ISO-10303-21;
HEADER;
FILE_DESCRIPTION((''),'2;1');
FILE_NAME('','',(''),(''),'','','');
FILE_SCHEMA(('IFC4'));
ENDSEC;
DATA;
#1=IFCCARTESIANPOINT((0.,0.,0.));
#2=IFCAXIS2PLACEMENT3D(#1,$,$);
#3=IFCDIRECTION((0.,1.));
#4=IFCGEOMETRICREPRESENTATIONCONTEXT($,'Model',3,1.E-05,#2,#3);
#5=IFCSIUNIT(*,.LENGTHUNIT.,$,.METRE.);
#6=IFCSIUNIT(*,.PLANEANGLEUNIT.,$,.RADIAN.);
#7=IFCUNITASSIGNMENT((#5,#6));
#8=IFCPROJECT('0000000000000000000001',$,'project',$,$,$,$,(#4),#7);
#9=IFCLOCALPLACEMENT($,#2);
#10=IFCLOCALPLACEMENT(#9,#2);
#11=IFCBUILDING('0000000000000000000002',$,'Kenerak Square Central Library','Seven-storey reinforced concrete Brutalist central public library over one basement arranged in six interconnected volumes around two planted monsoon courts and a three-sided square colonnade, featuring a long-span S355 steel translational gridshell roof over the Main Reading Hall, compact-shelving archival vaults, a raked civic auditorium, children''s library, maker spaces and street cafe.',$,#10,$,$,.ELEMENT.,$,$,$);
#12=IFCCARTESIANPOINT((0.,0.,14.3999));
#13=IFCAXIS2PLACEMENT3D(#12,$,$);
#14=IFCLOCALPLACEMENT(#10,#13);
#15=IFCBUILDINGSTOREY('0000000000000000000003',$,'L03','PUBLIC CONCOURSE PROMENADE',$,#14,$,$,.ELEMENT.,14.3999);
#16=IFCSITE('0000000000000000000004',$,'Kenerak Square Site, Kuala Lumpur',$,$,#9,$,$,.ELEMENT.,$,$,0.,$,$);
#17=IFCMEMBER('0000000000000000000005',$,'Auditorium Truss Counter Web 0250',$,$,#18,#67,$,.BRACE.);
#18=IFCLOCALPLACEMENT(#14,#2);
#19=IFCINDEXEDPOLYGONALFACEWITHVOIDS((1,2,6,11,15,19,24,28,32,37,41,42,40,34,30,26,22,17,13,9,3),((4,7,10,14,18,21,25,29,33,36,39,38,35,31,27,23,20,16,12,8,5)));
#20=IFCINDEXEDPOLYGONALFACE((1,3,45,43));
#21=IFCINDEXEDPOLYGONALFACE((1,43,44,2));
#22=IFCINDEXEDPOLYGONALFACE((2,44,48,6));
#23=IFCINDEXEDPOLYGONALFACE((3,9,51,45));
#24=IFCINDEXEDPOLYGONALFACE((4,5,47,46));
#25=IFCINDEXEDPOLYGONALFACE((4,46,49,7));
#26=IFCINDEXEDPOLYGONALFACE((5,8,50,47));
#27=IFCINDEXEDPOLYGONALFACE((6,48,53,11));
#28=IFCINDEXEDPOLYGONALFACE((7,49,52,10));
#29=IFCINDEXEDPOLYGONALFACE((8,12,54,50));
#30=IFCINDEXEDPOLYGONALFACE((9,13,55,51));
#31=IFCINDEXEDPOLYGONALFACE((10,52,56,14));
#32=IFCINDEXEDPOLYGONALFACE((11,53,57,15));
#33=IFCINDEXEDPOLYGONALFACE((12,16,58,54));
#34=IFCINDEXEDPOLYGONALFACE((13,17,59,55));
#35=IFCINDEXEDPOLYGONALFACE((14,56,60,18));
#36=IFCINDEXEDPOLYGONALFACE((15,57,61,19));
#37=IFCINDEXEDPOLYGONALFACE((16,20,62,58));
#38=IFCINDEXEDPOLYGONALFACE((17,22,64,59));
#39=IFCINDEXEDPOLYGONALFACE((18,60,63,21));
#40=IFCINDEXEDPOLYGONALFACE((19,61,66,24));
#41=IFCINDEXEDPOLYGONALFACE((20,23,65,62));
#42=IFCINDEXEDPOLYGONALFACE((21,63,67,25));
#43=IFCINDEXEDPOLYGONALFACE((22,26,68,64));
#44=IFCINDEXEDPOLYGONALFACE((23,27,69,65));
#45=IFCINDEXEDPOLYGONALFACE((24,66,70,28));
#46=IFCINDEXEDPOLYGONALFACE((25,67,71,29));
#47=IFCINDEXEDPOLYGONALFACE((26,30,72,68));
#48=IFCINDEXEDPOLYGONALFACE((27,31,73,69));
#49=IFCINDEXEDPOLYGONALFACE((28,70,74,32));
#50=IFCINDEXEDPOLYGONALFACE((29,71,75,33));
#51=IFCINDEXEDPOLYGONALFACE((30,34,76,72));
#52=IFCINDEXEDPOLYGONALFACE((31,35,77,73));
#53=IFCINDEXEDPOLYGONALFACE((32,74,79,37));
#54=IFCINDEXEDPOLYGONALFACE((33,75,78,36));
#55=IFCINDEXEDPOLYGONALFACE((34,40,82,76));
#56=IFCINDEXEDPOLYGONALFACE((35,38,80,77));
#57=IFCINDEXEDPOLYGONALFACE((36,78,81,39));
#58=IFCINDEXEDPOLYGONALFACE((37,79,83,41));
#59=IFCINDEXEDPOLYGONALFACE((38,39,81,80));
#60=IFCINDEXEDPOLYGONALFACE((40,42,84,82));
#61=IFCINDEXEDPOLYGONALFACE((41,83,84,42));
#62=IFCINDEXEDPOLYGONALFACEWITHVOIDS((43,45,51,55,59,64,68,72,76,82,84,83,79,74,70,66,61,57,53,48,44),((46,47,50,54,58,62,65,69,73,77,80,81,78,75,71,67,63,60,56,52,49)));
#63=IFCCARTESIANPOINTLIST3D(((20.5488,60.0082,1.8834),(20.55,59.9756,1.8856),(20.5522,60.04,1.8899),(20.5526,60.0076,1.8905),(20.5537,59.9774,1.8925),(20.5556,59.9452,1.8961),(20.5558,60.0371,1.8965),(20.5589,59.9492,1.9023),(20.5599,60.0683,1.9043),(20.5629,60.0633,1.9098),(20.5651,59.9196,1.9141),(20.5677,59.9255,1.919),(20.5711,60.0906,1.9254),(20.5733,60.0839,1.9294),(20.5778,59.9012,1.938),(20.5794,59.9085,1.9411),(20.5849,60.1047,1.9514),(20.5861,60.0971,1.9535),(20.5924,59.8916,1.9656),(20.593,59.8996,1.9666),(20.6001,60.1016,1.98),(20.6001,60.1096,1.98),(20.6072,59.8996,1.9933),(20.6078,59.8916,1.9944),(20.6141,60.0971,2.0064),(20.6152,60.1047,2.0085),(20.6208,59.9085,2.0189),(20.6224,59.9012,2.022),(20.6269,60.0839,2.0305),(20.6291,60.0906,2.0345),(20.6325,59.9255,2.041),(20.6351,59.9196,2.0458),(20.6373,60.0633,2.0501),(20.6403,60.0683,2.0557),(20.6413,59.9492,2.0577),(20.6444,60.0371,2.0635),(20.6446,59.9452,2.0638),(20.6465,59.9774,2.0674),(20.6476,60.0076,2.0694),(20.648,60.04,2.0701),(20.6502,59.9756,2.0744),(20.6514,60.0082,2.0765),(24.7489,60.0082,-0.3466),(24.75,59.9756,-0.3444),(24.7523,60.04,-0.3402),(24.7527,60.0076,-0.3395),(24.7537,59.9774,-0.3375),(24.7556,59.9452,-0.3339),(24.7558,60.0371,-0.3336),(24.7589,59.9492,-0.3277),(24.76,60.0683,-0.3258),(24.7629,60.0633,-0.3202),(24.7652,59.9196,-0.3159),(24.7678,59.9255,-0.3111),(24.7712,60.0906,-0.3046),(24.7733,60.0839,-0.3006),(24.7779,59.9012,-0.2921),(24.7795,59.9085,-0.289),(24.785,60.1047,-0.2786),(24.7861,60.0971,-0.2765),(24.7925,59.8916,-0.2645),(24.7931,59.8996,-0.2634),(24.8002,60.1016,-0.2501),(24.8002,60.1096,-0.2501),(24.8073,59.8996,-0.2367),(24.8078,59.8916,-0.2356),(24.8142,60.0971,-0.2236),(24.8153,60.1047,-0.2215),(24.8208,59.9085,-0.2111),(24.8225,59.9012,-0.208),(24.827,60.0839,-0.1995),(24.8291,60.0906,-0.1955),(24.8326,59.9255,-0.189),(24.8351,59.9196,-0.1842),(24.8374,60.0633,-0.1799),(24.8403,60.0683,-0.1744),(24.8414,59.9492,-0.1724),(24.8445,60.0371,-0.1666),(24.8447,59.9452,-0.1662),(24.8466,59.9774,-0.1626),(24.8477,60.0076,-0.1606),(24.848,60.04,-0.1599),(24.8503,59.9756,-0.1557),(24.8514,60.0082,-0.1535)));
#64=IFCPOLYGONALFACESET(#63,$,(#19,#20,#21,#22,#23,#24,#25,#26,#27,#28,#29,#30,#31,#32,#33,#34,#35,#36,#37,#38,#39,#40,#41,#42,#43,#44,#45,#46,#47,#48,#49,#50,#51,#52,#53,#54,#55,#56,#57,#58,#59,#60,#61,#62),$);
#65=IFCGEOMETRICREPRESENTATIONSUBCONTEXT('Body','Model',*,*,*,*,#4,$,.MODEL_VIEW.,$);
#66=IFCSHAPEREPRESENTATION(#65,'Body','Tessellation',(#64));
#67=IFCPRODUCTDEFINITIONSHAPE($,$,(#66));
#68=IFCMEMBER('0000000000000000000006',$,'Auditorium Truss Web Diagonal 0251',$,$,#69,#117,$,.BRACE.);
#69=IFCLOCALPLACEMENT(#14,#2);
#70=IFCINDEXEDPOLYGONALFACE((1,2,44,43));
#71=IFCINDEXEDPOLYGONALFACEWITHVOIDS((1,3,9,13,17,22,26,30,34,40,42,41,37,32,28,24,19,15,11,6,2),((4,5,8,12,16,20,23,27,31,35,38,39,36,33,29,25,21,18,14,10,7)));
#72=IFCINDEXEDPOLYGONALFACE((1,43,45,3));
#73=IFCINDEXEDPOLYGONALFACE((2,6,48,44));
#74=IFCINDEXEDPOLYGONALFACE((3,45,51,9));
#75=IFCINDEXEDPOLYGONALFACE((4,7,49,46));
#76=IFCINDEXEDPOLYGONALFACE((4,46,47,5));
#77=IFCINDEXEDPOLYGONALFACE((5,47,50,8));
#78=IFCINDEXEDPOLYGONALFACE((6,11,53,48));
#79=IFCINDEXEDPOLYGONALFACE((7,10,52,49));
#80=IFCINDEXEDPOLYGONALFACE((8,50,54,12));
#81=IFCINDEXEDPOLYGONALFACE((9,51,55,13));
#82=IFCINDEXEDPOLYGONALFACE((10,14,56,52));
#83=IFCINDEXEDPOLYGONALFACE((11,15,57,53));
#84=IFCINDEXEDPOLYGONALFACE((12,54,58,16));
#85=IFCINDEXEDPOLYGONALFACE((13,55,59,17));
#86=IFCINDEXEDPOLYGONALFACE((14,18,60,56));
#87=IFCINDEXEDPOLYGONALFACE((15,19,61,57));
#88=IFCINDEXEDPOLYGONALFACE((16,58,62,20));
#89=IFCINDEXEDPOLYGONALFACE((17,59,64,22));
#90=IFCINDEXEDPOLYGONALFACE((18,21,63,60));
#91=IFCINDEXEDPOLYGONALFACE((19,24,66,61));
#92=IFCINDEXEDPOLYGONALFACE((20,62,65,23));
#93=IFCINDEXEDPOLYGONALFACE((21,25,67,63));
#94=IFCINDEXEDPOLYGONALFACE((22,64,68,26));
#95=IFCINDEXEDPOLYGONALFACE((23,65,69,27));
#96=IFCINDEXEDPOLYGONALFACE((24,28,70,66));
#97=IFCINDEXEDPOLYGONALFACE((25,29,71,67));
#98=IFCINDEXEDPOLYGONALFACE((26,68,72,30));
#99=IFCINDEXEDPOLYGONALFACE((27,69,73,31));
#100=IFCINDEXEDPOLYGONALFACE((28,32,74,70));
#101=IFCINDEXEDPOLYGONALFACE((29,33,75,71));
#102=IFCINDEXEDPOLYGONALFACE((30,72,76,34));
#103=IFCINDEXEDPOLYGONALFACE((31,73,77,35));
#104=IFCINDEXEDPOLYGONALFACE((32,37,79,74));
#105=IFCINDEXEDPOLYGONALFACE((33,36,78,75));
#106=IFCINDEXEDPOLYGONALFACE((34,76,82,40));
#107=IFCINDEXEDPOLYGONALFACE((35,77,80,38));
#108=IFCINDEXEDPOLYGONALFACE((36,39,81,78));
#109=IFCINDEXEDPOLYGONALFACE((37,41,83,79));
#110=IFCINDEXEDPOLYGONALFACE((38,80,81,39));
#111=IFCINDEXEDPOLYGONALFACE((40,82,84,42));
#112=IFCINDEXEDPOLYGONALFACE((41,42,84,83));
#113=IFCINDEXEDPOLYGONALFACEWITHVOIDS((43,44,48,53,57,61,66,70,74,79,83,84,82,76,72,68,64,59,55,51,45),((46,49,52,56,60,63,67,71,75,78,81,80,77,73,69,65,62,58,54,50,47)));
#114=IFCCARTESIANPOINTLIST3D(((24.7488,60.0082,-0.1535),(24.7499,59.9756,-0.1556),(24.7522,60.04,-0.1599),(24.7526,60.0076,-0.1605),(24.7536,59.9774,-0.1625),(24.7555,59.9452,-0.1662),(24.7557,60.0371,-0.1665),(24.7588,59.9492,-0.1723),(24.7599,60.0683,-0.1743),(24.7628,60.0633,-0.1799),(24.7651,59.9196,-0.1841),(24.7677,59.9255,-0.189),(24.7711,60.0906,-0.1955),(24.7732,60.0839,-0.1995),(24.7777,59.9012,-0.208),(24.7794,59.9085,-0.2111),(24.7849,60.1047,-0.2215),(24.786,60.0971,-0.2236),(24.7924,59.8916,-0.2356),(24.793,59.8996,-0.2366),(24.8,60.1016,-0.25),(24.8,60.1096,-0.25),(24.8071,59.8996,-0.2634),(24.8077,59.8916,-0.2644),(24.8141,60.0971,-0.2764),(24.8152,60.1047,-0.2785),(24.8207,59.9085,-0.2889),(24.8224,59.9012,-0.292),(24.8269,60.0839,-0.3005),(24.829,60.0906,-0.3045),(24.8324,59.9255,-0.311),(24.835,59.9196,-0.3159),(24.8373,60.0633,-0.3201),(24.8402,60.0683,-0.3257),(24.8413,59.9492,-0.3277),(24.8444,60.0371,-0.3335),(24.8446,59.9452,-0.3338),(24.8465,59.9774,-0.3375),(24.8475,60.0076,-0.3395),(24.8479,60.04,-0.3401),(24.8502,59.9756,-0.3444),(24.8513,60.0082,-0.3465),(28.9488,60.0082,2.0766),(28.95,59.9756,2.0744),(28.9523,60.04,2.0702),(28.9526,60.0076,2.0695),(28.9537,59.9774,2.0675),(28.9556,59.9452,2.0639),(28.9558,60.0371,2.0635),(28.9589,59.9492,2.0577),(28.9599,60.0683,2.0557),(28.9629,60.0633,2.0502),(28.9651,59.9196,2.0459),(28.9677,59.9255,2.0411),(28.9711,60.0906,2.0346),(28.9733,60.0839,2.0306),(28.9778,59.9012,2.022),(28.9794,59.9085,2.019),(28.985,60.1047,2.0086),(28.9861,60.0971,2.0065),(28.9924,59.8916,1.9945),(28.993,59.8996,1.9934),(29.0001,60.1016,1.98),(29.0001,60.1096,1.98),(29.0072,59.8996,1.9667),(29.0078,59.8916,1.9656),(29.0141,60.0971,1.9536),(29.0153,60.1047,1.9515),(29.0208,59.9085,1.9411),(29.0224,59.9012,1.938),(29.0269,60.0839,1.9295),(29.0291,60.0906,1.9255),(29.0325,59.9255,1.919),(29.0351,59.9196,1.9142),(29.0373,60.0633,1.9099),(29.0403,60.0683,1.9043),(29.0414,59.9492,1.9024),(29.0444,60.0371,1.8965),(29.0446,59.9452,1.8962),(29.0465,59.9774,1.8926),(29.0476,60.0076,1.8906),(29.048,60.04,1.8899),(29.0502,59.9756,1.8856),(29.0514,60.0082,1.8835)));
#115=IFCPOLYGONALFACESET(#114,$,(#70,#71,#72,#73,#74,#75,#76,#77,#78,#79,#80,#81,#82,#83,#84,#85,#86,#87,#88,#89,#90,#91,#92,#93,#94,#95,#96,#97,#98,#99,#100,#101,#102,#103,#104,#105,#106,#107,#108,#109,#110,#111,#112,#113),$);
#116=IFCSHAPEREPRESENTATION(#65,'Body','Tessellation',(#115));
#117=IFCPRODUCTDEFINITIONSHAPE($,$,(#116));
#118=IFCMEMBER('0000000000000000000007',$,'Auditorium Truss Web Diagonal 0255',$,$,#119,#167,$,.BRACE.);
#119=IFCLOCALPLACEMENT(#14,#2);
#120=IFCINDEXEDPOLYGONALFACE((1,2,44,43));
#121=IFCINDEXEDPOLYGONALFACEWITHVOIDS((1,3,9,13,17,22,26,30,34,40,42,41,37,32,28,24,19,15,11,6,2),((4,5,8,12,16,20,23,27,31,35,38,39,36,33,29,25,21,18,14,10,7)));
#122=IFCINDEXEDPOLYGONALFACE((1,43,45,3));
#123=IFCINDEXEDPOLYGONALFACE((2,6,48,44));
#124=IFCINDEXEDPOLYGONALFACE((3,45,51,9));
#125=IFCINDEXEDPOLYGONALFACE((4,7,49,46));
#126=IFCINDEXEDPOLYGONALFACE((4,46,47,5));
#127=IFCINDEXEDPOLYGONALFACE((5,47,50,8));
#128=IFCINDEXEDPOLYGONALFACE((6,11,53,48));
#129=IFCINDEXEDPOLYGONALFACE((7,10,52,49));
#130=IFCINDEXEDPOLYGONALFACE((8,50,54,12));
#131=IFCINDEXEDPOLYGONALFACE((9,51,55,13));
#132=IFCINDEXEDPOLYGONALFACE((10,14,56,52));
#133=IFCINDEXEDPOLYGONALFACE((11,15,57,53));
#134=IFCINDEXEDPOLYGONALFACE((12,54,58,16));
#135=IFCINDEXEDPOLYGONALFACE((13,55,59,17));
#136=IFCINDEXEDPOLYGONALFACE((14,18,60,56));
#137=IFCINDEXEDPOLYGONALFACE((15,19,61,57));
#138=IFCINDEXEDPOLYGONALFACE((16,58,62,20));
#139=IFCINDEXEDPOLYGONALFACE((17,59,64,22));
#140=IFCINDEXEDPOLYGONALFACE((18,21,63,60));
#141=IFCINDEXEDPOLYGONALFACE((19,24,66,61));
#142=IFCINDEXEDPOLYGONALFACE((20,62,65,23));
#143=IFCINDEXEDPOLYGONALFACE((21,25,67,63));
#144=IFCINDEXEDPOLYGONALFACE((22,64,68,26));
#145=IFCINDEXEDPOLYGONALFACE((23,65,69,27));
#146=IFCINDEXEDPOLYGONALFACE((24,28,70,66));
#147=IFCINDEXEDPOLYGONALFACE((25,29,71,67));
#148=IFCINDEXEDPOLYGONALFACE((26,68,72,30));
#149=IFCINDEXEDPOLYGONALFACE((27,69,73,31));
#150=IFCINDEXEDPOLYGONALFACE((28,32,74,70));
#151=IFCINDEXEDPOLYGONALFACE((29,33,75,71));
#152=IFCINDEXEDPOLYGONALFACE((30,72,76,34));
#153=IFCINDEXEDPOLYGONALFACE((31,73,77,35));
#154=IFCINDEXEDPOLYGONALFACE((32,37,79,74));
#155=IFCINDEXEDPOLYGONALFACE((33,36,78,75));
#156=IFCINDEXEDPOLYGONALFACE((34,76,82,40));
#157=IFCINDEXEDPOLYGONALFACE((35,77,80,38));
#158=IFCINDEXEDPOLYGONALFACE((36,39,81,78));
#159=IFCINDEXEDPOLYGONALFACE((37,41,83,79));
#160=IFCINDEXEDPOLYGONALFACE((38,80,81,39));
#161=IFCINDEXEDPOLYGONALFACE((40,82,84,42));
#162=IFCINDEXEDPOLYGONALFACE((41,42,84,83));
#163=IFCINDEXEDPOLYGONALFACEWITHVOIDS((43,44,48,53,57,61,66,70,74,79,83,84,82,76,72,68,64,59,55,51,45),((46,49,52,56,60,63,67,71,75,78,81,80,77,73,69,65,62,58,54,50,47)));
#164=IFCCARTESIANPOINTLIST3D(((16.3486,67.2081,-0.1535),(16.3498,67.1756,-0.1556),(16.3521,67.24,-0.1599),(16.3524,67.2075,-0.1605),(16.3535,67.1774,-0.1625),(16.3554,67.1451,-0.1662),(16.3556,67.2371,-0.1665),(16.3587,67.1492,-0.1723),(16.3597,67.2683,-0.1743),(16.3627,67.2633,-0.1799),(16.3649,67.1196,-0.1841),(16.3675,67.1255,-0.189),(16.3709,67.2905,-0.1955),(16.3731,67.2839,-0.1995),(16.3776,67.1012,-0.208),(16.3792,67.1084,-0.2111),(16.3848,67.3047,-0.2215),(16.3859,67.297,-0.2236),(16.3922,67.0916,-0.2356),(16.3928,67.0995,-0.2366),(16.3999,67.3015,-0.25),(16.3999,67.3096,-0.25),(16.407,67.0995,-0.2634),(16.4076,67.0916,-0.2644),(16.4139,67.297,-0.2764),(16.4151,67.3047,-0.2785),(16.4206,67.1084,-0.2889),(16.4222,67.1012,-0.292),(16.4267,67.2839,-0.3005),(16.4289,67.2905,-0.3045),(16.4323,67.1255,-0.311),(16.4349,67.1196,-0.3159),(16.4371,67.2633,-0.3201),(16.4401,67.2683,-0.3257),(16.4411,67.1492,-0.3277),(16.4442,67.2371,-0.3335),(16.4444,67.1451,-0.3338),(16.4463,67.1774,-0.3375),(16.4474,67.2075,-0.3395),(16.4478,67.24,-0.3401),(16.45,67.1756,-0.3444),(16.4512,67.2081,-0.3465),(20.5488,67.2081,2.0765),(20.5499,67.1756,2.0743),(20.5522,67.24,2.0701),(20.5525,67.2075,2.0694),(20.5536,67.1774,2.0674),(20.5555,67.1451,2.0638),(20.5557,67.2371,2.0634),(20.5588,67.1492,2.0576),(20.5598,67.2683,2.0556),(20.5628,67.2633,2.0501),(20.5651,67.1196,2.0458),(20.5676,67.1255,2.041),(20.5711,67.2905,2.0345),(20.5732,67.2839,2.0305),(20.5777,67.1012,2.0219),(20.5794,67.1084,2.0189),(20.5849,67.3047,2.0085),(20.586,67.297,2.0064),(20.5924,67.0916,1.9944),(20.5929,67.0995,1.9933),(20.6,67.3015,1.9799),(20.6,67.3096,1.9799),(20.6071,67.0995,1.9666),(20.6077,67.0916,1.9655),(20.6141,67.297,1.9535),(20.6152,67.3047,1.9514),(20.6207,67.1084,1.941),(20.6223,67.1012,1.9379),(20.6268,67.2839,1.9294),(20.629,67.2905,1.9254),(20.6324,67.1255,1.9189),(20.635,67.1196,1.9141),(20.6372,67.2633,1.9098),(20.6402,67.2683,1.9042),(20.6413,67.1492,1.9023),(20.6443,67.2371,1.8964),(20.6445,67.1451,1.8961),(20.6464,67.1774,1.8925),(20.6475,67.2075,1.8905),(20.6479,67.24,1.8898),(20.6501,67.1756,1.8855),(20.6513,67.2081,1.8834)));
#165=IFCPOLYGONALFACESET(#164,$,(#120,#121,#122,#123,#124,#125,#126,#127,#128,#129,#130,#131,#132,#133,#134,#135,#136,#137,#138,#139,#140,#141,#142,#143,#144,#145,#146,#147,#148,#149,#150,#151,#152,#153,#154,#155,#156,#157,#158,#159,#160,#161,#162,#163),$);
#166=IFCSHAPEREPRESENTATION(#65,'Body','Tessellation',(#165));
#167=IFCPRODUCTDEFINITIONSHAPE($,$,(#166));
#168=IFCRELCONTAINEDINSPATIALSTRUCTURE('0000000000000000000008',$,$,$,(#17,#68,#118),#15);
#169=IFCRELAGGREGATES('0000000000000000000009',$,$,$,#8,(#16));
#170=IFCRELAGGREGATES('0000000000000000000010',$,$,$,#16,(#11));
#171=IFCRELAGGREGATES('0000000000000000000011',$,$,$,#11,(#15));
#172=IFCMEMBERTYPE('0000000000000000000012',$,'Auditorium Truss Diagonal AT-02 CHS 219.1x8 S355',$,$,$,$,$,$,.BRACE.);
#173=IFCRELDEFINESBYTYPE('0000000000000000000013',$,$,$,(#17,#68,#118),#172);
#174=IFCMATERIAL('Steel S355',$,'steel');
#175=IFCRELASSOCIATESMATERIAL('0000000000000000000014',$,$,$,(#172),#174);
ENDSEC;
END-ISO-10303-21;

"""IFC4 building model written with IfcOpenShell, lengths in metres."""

from ifc_helpers import new_model, si_unit, direction, frame, origin, origin_2d, place, context, subcontext, project, spatial, hollow_circle, extrude, material, material_profile, profile_set, type_object, element, save


model = new_model("IFC4")

# Units and contexts
model_context = context("Model", 3, precision=1e-05, world=origin(), true_north=direction((0.0, 1.0)))
body_context = subcontext(model_context, "Body", "Model", "MODEL_VIEW")
ifc_project = project(units=[si_unit("LENGTHUNIT", "METRE"), si_unit("PLANEANGLEUNIT", "RADIAN")], contexts=[model_context])

# Site, building, storey
site_placement = place(None, origin())
site = spatial("IfcSite", under=ifc_project, at=site_placement, Name="Kenerak Square Site, Kuala Lumpur", CompositionType="ELEMENT", RefElevation=0.0)
building_placement = place(site_placement, origin())
building = spatial("IfcBuilding", under=site, at=building_placement, Name="Kenerak Square Central Library", Description="Seven-storey reinforced concrete Brutalist central public library over one basement arranged in six interconnected volumes around two planted monsoon courts and a three-sided square colonnade, featuring a long-span S355 steel translational gridshell roof over the Main Reading Hall, compact-shelving archival vaults, a raked civic auditorium, children's library, maker spaces and street cafe.", CompositionType="ELEMENT")
storey_placement = place(building_placement, frame((0.0, 0.0, 14.3999)))
storey = spatial("IfcBuildingStorey", under=building, at=storey_placement, Name="L03", Description="PUBLIC CONCOURSE PROMENADE", CompositionType="ELEMENT", Elevation=14.3999)

# Members
ifc_material_1 = material(Name="Steel S355", Category="steel")
ifc_material_profile_1 = material_profile(ifc_material_1, hollow_circle(Radius=0.1096, WallThickness=0.0081, at=origin_2d()), Name="CHS 219.1x8.0")
ifc_profile_set_1 = profile_set([ifc_material_profile_1], Name="Steel S355")
member_type_1 = type_object("IfcMemberType", Name="Auditorium Truss Diagonal AT-02 CHS 219.1x8 S355", PredefinedType="BRACE", material=ifc_profile_set_1)
for number, where, z_axis, x_axis, name in (
    (1, (20.6001, 60.0, 1.98), (0.883224, 0.0, -0.468951), (0.0, 1.0, 0.0), "Auditorium Truss Counter Web 0250"),
    (2, (24.8, 60.0, -0.25), (0.883224, 0.0, 0.468951), (0.0, 1.0, 0.0), "Auditorium Truss Web Diagonal 0251"),
    (3, (16.3999, 67.2, -0.25), (0.883235, 0.0, 0.46893), (0.0, 1.0, 0.0), "Auditorium Truss Web Diagonal 0255"),
):
    element("IfcMember", number, at=place(storey_placement, frame(where, z_axis=z_axis, x_axis=x_axis)), inside=storey, type_object=member_type_1, Name=name, PredefinedType="BRACE", context=body_context, shape_type="SweptSolid", body=[
        extrude(hollow_circle(Radius=0.1096, WallThickness=0.0081, at=origin_2d()), origin(), (0.0, 0.0, 1.0), 4.7554),
    ])

save(model, "model.ifc")
